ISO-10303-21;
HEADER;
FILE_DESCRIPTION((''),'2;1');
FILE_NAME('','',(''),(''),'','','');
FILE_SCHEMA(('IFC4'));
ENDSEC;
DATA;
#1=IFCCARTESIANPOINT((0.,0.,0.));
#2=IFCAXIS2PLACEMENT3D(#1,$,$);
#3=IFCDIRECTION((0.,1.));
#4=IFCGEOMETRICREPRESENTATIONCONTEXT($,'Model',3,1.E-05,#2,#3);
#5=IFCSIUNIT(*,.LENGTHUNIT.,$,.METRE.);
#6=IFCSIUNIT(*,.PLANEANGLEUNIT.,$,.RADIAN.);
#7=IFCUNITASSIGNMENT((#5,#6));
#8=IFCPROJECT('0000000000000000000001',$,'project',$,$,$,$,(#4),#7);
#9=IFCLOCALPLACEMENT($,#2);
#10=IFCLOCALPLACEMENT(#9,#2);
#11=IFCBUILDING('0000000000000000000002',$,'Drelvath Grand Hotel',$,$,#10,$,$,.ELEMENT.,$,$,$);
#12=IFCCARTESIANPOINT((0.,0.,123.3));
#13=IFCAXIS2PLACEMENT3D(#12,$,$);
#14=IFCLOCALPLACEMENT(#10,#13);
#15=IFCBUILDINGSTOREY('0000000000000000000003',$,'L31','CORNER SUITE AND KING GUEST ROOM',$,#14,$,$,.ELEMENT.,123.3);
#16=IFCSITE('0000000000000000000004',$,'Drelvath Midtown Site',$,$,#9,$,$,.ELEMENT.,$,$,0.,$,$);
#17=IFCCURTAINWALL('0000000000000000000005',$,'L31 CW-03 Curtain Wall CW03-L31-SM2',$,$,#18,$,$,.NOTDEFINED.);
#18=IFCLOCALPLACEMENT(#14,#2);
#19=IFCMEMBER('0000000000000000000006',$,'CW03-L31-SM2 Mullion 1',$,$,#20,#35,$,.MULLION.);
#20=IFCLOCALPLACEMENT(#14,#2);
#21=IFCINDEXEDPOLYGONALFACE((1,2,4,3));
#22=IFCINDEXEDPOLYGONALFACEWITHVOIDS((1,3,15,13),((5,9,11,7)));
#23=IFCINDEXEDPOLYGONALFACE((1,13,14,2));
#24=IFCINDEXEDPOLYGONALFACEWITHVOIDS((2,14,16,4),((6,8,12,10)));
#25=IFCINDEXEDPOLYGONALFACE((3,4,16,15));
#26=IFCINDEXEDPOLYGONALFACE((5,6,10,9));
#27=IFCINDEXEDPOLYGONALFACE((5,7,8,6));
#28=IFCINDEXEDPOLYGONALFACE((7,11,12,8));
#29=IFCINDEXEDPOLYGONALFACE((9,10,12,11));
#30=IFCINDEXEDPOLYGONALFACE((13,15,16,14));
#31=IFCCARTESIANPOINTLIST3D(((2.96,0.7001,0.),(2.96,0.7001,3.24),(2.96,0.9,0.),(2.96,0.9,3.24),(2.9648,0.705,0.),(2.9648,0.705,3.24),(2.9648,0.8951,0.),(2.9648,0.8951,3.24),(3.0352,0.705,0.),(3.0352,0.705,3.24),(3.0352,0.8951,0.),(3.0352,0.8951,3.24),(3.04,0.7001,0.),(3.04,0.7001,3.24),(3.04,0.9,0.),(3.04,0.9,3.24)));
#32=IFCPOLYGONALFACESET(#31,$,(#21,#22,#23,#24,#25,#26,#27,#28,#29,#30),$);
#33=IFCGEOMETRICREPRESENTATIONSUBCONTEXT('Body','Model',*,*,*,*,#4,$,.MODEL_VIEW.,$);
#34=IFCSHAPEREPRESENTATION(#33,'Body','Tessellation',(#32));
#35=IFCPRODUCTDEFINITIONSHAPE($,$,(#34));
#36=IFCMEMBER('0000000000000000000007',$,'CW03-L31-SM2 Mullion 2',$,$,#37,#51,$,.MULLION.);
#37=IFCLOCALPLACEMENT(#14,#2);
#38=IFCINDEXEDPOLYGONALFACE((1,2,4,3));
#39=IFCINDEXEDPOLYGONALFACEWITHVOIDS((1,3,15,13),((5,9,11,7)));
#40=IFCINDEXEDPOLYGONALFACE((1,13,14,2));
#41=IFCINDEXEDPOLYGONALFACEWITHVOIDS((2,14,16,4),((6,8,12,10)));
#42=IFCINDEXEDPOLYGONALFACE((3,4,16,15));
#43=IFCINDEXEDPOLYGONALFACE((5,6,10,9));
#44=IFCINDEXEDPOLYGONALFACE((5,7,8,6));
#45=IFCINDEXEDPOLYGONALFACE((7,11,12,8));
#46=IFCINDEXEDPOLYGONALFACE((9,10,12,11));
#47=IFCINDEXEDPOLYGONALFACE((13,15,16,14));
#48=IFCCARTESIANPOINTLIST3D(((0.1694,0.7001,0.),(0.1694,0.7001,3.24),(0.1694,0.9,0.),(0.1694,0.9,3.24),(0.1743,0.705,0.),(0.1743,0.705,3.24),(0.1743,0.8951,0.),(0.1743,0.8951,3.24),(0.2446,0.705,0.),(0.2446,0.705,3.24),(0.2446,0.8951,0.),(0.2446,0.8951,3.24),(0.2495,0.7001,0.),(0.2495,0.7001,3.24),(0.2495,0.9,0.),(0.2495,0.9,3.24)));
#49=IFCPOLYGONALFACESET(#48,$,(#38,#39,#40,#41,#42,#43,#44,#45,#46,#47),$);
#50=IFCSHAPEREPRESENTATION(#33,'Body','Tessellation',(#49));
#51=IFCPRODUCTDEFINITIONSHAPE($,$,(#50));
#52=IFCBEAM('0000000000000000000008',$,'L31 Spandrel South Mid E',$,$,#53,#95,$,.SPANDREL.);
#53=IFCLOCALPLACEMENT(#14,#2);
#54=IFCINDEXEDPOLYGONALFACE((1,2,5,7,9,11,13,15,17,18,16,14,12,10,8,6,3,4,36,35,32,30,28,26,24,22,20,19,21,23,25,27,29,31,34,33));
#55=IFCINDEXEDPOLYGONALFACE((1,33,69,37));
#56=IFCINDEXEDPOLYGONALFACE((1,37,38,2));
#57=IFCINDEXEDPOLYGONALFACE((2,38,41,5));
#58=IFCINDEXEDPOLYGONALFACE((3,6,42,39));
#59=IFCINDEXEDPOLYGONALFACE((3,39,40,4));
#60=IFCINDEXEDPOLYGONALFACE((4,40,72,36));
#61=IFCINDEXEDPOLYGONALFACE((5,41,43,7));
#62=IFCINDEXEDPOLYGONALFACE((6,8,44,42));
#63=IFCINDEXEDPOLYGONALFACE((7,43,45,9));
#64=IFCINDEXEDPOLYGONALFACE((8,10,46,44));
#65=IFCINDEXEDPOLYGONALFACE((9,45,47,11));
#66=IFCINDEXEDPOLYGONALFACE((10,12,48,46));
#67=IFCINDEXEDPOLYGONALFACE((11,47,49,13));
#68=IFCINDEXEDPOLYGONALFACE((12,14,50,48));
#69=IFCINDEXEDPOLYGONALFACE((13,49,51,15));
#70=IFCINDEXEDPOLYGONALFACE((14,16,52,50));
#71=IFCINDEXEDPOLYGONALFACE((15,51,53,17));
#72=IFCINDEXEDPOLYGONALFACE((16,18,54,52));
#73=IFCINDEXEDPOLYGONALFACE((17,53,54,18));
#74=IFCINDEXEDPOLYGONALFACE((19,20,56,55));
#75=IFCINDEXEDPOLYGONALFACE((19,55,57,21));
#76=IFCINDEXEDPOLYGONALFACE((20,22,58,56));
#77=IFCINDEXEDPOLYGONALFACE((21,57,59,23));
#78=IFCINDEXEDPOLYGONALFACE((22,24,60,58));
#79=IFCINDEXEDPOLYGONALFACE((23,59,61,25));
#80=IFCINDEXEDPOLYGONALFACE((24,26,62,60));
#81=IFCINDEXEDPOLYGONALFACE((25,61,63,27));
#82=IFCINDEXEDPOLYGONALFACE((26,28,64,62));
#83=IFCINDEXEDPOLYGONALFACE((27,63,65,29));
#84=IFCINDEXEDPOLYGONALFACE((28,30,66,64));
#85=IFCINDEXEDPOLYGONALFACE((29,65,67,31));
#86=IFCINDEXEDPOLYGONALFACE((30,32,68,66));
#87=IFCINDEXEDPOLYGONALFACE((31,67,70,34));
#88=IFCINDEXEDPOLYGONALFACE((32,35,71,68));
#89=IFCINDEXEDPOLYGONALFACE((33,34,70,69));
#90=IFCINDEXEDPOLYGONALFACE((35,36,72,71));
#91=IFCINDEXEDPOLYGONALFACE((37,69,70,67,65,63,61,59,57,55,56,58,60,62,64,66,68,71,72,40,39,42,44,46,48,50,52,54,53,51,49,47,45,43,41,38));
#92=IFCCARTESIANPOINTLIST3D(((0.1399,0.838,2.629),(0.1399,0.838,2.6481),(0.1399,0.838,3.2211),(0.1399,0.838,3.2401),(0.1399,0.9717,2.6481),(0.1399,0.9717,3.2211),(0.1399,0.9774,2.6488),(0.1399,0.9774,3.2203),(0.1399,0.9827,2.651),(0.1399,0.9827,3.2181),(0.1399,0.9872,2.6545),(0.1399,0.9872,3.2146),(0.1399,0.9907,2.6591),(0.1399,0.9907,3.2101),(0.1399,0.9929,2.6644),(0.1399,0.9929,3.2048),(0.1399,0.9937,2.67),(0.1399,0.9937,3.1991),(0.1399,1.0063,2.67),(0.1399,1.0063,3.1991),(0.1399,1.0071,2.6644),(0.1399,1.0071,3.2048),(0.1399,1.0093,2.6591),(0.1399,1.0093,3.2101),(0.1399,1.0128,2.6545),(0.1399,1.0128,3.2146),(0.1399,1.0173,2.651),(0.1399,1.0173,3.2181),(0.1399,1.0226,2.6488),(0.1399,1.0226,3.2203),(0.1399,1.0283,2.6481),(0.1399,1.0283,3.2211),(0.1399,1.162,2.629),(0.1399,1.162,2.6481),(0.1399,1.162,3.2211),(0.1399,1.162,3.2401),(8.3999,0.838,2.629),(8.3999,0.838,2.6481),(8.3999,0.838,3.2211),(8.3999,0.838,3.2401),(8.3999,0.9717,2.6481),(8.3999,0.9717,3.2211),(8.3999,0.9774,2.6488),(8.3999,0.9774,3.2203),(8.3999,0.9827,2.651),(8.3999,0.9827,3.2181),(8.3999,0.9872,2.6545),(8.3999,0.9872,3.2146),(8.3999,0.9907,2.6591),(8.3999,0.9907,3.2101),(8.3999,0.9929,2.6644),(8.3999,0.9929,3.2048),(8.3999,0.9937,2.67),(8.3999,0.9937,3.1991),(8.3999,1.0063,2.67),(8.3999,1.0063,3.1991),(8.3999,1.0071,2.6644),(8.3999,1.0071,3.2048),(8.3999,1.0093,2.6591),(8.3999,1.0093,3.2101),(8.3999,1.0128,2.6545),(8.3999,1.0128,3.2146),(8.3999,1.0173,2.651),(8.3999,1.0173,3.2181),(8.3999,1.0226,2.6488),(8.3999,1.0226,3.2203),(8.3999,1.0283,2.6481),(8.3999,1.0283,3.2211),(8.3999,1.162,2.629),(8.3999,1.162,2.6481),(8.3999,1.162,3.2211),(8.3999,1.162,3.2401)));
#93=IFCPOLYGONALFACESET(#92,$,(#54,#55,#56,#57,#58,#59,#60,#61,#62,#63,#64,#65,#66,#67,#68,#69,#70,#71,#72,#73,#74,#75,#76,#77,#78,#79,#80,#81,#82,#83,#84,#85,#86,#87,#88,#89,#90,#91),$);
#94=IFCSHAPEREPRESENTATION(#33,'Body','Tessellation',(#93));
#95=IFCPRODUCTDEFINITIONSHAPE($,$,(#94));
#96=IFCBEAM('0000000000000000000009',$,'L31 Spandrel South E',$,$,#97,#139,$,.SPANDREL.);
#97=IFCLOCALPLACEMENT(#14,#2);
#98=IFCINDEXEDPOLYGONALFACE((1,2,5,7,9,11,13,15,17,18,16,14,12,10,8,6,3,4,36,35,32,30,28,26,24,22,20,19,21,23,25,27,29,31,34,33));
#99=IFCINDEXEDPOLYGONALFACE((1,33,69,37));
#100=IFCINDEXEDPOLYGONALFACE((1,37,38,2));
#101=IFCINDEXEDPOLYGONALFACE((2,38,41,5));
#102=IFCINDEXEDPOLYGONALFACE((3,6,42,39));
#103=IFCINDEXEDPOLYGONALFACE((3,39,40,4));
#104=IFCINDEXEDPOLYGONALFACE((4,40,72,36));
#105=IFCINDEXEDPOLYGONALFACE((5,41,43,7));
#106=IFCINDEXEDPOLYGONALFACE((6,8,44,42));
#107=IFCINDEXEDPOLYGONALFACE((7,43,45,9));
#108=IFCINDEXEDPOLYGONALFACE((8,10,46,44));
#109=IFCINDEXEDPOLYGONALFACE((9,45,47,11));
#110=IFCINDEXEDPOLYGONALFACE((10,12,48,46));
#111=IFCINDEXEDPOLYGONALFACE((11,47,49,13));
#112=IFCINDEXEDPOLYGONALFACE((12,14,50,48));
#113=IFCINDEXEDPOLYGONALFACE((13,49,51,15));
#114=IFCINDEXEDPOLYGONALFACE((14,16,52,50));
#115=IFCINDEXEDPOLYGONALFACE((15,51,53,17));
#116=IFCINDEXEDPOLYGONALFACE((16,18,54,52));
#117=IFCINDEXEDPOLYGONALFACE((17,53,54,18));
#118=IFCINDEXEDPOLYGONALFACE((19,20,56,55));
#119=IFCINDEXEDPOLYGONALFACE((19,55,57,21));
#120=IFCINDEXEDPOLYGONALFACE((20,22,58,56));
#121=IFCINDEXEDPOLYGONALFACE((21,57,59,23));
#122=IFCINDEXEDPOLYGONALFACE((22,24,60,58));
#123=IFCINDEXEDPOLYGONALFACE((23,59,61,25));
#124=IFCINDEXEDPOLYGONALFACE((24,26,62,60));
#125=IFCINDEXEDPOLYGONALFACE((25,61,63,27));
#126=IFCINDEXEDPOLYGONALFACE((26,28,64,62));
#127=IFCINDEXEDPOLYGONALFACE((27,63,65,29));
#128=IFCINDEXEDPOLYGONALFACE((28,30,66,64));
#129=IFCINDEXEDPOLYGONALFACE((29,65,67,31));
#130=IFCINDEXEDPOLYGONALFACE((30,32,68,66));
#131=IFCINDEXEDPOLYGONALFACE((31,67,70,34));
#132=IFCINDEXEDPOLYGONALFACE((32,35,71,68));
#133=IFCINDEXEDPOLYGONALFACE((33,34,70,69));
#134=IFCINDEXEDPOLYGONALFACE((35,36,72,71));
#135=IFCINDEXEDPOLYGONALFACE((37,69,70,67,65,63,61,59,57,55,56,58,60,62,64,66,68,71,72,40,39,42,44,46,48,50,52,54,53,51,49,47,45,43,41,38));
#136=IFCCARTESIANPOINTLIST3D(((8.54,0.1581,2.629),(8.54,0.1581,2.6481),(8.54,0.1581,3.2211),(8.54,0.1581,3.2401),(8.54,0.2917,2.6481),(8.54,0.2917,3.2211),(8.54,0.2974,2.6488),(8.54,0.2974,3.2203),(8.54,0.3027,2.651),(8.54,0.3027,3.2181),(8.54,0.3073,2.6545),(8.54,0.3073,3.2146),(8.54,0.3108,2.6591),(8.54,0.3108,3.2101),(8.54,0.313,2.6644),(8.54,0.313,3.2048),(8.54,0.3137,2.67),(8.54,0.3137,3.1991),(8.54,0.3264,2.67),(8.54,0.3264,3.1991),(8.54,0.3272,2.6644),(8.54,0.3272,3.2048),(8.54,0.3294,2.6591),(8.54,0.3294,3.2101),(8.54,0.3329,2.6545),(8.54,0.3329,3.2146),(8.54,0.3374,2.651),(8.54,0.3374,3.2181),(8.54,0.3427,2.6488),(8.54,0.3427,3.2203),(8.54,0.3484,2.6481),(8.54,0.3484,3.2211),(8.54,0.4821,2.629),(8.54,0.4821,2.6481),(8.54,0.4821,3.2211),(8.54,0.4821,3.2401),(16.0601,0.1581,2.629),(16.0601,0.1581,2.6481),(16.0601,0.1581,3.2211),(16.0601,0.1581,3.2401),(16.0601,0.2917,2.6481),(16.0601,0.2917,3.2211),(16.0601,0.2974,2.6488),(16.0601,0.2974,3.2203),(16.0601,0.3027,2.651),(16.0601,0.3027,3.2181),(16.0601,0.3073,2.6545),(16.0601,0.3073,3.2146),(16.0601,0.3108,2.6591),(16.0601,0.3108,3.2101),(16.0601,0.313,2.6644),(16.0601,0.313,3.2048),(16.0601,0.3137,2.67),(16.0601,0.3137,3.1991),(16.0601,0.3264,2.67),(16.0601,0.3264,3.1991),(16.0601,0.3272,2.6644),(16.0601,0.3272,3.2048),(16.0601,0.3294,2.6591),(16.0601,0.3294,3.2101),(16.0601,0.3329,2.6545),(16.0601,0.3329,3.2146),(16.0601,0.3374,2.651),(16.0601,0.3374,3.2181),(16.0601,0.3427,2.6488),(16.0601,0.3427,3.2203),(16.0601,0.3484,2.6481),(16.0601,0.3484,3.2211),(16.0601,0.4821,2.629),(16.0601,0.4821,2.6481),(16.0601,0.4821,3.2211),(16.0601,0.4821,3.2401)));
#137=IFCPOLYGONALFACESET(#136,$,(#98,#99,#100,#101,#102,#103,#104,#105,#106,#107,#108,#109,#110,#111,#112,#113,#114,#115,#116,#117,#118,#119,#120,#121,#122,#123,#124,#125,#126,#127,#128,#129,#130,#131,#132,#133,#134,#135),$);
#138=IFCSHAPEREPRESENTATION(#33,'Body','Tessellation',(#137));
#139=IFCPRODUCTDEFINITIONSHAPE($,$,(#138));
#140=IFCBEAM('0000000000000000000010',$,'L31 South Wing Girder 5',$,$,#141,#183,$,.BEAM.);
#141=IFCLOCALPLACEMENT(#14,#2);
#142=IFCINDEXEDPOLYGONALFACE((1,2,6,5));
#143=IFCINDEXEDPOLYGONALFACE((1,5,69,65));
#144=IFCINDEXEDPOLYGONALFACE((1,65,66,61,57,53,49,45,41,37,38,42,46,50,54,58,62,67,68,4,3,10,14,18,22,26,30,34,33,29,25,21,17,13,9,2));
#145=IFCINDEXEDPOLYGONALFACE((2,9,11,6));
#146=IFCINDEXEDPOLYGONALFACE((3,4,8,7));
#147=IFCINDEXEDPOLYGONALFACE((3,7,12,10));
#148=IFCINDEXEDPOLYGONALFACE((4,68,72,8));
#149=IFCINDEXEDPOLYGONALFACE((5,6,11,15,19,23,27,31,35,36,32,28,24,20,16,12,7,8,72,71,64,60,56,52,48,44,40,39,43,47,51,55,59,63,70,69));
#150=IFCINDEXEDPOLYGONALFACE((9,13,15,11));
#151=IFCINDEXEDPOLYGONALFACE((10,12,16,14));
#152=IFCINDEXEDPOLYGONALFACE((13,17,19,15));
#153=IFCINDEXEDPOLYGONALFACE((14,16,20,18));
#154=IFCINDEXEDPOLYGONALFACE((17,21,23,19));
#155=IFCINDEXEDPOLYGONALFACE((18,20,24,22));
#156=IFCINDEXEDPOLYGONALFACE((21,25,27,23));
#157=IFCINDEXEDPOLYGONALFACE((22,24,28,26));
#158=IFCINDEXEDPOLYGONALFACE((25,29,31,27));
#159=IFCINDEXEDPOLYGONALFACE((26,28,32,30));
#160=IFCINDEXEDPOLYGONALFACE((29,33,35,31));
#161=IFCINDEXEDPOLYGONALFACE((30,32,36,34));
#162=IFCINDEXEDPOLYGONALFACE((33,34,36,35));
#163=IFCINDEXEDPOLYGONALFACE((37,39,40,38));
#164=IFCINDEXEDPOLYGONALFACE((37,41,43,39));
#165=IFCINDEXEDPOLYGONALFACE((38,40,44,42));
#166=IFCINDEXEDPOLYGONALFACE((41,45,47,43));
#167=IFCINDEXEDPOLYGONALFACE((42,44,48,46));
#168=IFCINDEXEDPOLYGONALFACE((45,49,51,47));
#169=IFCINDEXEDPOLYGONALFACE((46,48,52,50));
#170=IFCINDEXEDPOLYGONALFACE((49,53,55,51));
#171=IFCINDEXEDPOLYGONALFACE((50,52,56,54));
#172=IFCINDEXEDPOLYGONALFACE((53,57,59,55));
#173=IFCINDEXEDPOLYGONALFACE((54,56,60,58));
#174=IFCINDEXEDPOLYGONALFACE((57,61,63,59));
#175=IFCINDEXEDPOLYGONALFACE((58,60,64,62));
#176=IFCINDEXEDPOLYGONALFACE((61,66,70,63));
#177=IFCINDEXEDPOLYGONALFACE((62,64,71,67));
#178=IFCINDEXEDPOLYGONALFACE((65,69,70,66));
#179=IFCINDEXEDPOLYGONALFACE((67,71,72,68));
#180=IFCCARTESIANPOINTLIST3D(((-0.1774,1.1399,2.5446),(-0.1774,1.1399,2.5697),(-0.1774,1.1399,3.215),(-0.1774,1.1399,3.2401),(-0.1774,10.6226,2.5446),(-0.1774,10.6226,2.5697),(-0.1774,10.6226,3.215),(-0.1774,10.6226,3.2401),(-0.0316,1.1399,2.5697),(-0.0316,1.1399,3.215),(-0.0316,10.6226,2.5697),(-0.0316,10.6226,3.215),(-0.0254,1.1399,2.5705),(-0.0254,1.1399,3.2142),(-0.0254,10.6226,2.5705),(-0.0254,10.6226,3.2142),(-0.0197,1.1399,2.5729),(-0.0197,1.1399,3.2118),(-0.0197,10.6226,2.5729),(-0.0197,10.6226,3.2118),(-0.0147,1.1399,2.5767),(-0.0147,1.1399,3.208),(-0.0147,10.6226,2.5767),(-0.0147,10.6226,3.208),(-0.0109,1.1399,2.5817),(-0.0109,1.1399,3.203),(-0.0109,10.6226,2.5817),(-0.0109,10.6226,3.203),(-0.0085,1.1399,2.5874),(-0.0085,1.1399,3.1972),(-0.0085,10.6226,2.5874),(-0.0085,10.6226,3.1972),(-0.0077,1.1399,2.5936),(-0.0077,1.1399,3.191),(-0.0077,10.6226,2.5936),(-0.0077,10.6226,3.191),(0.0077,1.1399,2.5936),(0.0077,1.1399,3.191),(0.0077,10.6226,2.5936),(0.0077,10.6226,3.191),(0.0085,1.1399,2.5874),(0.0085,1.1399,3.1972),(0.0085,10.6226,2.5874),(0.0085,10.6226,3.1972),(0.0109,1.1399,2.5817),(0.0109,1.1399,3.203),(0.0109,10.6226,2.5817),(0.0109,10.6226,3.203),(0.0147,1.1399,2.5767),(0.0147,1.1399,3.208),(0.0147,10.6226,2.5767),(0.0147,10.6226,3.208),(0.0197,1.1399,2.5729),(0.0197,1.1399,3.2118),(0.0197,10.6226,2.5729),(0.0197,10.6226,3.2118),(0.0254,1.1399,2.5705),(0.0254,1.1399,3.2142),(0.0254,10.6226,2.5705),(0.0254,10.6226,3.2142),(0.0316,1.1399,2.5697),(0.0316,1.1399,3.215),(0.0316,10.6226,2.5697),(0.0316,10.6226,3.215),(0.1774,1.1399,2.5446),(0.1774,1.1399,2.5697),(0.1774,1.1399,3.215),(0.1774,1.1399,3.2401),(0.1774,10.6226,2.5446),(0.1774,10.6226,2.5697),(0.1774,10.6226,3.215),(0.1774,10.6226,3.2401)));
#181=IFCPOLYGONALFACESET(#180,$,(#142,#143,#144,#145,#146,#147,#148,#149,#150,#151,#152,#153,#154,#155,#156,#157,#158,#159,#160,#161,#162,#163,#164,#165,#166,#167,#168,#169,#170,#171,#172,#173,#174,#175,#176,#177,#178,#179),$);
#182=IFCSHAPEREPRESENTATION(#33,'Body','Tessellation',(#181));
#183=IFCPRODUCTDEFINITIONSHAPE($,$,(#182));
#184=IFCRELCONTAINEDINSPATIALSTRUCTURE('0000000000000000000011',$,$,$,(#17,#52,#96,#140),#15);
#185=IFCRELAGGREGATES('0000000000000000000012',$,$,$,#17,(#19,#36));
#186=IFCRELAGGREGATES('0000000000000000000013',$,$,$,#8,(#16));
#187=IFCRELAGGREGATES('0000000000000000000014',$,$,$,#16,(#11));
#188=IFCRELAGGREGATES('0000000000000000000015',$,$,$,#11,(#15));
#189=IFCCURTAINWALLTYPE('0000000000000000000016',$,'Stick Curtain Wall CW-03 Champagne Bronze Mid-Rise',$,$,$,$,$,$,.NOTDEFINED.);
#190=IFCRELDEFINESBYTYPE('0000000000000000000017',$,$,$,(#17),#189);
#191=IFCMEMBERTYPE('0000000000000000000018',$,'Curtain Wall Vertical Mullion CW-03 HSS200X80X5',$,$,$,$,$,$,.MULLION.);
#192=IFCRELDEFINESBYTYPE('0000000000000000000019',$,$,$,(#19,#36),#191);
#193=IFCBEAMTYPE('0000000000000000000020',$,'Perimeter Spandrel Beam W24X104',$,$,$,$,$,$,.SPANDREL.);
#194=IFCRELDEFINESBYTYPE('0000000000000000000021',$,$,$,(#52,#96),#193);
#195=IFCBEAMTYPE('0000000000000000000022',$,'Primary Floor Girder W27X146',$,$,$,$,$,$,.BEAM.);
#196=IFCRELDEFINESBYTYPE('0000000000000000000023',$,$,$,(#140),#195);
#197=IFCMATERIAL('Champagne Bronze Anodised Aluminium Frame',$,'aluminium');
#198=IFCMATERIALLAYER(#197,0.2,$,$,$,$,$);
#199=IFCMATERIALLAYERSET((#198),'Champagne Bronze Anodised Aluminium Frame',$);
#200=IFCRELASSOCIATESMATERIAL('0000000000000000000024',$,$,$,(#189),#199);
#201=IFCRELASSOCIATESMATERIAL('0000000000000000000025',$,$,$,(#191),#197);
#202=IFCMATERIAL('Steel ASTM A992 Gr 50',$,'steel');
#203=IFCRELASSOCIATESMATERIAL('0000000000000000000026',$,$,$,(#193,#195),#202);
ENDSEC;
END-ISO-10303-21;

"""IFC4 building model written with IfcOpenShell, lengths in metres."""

from ifc_helpers import new_model, si_unit, direction, frame, origin, origin_2d, place, context, subcontext, project, spatial, hollow_rectangle, i_section, extrude, material, layer, layer_set, material_profile, profile_set, type_object, element, aggregate, save


model = new_model("IFC4")

# Units and contexts
model_context = context("Model", 3, precision=1e-05, world=origin(), true_north=direction((0.0, 1.0)))
body_context = subcontext(model_context, "Body", "Model", "MODEL_VIEW")
ifc_project = project(units=[si_unit("LENGTHUNIT", "METRE"), si_unit("PLANEANGLEUNIT", "RADIAN")], contexts=[model_context])

# Site, building, storey
site_placement = place(None, origin())
site = spatial("IfcSite", under=ifc_project, at=site_placement, Name="Drelvath Midtown Site", CompositionType="ELEMENT", RefElevation=0.0)
building_placement = place(site_placement, origin())
building = spatial("IfcBuilding", under=site, at=building_placement, Name="Drelvath Grand Hotel", CompositionType="ELEMENT")
storey_placement = place(building_placement, frame((0.0, 0.0, 123.3)))
storey = spatial("IfcBuildingStorey", under=building, at=storey_placement, Name="L31", Description="CORNER SUITE AND KING GUEST ROOM", CompositionType="ELEMENT", Elevation=123.3)

# Curtain wall
ifc_material_1 = material(Name="Champagne Bronze Anodised Aluminium Frame", Category="aluminium")
ifc_layer_1 = layer(ifc_material_1, 0.2)
ifc_layer_set_1 = layer_set([ifc_layer_1], Name="Champagne Bronze Anodised Aluminium Frame")
curtain_wall_type = type_object("IfcCurtainWallType", Name="Stick Curtain Wall CW-03 Champagne Bronze Mid-Rise", PredefinedType="NOTDEFINED", material=ifc_layer_set_1)
curtain_wall_1_placement = place(storey_placement, origin())
curtain_wall_1 = element("IfcCurtainWall", 1, at=curtain_wall_1_placement, inside=storey, type_object=curtain_wall_type, Name="L31 CW-03 Curtain Wall CW03-L31-SM2", PredefinedType="NOTDEFINED")

# Shared definitions
ifc_material_profile_1 = material_profile(ifc_material_1, hollow_rectangle(XDim=0.0801, YDim=0.2, WallThickness=0.0049, at=origin_2d()), Name="HSS200X80X5")
ifc_profile_set_1 = profile_set([ifc_material_profile_1], Name="Champagne Bronze Anodised Aluminium Frame")
member_type_1 = type_object("IfcMemberType", Name="Curtain Wall Vertical Mullion CW-03 HSS200X80X5", PredefinedType="MULLION", material=ifc_profile_set_1)

# Members
member_1_placement = place(storey_placement, frame((3.0, 0.8, 0.0), z_axis=(0.0, 0.0, 1.0), x_axis=(1.0, 0.0, 0.0)))
member_1 = element("IfcMember", 2, at=member_1_placement, type_object=member_type_1, Name="CW03-L31-SM2 Mullion 1", PredefinedType="MULLION", context=body_context, shape_type="SweptSolid", body=[
    extrude(hollow_rectangle(XDim=0.0801, YDim=0.2, WallThickness=0.0049, at=origin_2d()), origin(), (0.0, 0.0, 1.0), 3.24),
])
member_2_placement = place(storey_placement, frame((0.2095, 0.8, 0.0), z_axis=(0.0, 0.0, 1.0), x_axis=(1.0, 0.0, 0.0)))
member_2 = element("IfcMember", 3, at=member_2_placement, type_object=member_type_1, Name="CW03-L31-SM2 Mullion 2", PredefinedType="MULLION", context=body_context, shape_type="SweptSolid", body=[
    extrude(hollow_rectangle(XDim=0.0801, YDim=0.2, WallThickness=0.0049, at=origin_2d()), origin(), (0.0, 0.0, 1.0), 3.24),
])

# Beams
ifc_material_2 = material(Name="Steel ASTM A992 Gr 50", Category="steel")
ifc_material_profile_2 = material_profile(ifc_material_2, i_section(OverallWidth=0.324, OverallDepth=0.6111, WebThickness=0.0127, FlangeThickness=0.019, FilletRadius=0.022, at=origin_2d()), Name="W24X104")
ifc_profile_set_2 = profile_set([ifc_material_profile_2], Name="Steel ASTM A992 Gr 50")
beam_type_1 = type_object("IfcBeamType", Name="Perimeter Spandrel Beam W24X104", PredefinedType="SPANDREL", material=ifc_profile_set_2)
beam_1_placement = place(storey_placement, frame((0.1399, 1.0, 2.9346), z_axis=(1.0, 0.0, 0.0), x_axis=(0.0, 1.0, 0.0)))
element("IfcBeam", 4, at=beam_1_placement, inside=storey, type_object=beam_type_1, Name="L31 Spandrel South Mid E", PredefinedType="SPANDREL", context=body_context, shape_type="SweptSolid", body=[
    extrude(i_section(OverallWidth=0.324, OverallDepth=0.6111, WebThickness=0.0127, FlangeThickness=0.019, FilletRadius=0.022, at=origin_2d()), origin(), (0.0, 0.0, 1.0), 8.26),
])
beam_2_placement = place(storey_placement, frame((8.54, 0.3201, 2.9346), z_axis=(1.0, 0.0, 0.0), x_axis=(0.0, 1.0, 0.0)))
element("IfcBeam", 5, at=beam_2_placement, inside=storey, type_object=beam_type_1, Name="L31 Spandrel South E", PredefinedType="SPANDREL", context=body_context, shape_type="SweptSolid", body=[
    extrude(i_section(OverallWidth=0.324, OverallDepth=0.6111, WebThickness=0.0127, FlangeThickness=0.019, FilletRadius=0.022, at=origin_2d()), origin(), (0.0, 0.0, 1.0), 7.52),
])
ifc_material_profile_3 = material_profile(ifc_material_2, i_section(OverallWidth=0.3547, OverallDepth=0.6956, WebThickness=0.0154, FlangeThickness=0.0251, FilletRadius=0.0239, at=origin_2d()), Name="W27X146")
ifc_profile_set_3 = profile_set([ifc_material_profile_3], Name="Steel ASTM A992 Gr 50")
beam_type_2 = type_object("IfcBeamType", Name="Primary Floor Girder W27X146", PredefinedType="BEAM", material=ifc_profile_set_3)
beam_3_placement = place(storey_placement, frame((0.0, 1.1399, 2.8923), z_axis=(0.0, 1.0, 0.0), x_axis=(-1.0, 0.0, 0.0)))
element("IfcBeam", 6, at=beam_3_placement, inside=storey, type_object=beam_type_2, Name="L31 South Wing Girder 5", PredefinedType="BEAM", context=body_context, shape_type="SweptSolid", body=[
    extrude(i_section(OverallWidth=0.3547, OverallDepth=0.6956, WebThickness=0.0154, FlangeThickness=0.0251, FilletRadius=0.0239, at=origin_2d()), origin(), (0.0, 0.0, 1.0), 9.4827),
])

aggregate(curtain_wall_1, [member_1, member_2])

save(model, "model.ifc")
